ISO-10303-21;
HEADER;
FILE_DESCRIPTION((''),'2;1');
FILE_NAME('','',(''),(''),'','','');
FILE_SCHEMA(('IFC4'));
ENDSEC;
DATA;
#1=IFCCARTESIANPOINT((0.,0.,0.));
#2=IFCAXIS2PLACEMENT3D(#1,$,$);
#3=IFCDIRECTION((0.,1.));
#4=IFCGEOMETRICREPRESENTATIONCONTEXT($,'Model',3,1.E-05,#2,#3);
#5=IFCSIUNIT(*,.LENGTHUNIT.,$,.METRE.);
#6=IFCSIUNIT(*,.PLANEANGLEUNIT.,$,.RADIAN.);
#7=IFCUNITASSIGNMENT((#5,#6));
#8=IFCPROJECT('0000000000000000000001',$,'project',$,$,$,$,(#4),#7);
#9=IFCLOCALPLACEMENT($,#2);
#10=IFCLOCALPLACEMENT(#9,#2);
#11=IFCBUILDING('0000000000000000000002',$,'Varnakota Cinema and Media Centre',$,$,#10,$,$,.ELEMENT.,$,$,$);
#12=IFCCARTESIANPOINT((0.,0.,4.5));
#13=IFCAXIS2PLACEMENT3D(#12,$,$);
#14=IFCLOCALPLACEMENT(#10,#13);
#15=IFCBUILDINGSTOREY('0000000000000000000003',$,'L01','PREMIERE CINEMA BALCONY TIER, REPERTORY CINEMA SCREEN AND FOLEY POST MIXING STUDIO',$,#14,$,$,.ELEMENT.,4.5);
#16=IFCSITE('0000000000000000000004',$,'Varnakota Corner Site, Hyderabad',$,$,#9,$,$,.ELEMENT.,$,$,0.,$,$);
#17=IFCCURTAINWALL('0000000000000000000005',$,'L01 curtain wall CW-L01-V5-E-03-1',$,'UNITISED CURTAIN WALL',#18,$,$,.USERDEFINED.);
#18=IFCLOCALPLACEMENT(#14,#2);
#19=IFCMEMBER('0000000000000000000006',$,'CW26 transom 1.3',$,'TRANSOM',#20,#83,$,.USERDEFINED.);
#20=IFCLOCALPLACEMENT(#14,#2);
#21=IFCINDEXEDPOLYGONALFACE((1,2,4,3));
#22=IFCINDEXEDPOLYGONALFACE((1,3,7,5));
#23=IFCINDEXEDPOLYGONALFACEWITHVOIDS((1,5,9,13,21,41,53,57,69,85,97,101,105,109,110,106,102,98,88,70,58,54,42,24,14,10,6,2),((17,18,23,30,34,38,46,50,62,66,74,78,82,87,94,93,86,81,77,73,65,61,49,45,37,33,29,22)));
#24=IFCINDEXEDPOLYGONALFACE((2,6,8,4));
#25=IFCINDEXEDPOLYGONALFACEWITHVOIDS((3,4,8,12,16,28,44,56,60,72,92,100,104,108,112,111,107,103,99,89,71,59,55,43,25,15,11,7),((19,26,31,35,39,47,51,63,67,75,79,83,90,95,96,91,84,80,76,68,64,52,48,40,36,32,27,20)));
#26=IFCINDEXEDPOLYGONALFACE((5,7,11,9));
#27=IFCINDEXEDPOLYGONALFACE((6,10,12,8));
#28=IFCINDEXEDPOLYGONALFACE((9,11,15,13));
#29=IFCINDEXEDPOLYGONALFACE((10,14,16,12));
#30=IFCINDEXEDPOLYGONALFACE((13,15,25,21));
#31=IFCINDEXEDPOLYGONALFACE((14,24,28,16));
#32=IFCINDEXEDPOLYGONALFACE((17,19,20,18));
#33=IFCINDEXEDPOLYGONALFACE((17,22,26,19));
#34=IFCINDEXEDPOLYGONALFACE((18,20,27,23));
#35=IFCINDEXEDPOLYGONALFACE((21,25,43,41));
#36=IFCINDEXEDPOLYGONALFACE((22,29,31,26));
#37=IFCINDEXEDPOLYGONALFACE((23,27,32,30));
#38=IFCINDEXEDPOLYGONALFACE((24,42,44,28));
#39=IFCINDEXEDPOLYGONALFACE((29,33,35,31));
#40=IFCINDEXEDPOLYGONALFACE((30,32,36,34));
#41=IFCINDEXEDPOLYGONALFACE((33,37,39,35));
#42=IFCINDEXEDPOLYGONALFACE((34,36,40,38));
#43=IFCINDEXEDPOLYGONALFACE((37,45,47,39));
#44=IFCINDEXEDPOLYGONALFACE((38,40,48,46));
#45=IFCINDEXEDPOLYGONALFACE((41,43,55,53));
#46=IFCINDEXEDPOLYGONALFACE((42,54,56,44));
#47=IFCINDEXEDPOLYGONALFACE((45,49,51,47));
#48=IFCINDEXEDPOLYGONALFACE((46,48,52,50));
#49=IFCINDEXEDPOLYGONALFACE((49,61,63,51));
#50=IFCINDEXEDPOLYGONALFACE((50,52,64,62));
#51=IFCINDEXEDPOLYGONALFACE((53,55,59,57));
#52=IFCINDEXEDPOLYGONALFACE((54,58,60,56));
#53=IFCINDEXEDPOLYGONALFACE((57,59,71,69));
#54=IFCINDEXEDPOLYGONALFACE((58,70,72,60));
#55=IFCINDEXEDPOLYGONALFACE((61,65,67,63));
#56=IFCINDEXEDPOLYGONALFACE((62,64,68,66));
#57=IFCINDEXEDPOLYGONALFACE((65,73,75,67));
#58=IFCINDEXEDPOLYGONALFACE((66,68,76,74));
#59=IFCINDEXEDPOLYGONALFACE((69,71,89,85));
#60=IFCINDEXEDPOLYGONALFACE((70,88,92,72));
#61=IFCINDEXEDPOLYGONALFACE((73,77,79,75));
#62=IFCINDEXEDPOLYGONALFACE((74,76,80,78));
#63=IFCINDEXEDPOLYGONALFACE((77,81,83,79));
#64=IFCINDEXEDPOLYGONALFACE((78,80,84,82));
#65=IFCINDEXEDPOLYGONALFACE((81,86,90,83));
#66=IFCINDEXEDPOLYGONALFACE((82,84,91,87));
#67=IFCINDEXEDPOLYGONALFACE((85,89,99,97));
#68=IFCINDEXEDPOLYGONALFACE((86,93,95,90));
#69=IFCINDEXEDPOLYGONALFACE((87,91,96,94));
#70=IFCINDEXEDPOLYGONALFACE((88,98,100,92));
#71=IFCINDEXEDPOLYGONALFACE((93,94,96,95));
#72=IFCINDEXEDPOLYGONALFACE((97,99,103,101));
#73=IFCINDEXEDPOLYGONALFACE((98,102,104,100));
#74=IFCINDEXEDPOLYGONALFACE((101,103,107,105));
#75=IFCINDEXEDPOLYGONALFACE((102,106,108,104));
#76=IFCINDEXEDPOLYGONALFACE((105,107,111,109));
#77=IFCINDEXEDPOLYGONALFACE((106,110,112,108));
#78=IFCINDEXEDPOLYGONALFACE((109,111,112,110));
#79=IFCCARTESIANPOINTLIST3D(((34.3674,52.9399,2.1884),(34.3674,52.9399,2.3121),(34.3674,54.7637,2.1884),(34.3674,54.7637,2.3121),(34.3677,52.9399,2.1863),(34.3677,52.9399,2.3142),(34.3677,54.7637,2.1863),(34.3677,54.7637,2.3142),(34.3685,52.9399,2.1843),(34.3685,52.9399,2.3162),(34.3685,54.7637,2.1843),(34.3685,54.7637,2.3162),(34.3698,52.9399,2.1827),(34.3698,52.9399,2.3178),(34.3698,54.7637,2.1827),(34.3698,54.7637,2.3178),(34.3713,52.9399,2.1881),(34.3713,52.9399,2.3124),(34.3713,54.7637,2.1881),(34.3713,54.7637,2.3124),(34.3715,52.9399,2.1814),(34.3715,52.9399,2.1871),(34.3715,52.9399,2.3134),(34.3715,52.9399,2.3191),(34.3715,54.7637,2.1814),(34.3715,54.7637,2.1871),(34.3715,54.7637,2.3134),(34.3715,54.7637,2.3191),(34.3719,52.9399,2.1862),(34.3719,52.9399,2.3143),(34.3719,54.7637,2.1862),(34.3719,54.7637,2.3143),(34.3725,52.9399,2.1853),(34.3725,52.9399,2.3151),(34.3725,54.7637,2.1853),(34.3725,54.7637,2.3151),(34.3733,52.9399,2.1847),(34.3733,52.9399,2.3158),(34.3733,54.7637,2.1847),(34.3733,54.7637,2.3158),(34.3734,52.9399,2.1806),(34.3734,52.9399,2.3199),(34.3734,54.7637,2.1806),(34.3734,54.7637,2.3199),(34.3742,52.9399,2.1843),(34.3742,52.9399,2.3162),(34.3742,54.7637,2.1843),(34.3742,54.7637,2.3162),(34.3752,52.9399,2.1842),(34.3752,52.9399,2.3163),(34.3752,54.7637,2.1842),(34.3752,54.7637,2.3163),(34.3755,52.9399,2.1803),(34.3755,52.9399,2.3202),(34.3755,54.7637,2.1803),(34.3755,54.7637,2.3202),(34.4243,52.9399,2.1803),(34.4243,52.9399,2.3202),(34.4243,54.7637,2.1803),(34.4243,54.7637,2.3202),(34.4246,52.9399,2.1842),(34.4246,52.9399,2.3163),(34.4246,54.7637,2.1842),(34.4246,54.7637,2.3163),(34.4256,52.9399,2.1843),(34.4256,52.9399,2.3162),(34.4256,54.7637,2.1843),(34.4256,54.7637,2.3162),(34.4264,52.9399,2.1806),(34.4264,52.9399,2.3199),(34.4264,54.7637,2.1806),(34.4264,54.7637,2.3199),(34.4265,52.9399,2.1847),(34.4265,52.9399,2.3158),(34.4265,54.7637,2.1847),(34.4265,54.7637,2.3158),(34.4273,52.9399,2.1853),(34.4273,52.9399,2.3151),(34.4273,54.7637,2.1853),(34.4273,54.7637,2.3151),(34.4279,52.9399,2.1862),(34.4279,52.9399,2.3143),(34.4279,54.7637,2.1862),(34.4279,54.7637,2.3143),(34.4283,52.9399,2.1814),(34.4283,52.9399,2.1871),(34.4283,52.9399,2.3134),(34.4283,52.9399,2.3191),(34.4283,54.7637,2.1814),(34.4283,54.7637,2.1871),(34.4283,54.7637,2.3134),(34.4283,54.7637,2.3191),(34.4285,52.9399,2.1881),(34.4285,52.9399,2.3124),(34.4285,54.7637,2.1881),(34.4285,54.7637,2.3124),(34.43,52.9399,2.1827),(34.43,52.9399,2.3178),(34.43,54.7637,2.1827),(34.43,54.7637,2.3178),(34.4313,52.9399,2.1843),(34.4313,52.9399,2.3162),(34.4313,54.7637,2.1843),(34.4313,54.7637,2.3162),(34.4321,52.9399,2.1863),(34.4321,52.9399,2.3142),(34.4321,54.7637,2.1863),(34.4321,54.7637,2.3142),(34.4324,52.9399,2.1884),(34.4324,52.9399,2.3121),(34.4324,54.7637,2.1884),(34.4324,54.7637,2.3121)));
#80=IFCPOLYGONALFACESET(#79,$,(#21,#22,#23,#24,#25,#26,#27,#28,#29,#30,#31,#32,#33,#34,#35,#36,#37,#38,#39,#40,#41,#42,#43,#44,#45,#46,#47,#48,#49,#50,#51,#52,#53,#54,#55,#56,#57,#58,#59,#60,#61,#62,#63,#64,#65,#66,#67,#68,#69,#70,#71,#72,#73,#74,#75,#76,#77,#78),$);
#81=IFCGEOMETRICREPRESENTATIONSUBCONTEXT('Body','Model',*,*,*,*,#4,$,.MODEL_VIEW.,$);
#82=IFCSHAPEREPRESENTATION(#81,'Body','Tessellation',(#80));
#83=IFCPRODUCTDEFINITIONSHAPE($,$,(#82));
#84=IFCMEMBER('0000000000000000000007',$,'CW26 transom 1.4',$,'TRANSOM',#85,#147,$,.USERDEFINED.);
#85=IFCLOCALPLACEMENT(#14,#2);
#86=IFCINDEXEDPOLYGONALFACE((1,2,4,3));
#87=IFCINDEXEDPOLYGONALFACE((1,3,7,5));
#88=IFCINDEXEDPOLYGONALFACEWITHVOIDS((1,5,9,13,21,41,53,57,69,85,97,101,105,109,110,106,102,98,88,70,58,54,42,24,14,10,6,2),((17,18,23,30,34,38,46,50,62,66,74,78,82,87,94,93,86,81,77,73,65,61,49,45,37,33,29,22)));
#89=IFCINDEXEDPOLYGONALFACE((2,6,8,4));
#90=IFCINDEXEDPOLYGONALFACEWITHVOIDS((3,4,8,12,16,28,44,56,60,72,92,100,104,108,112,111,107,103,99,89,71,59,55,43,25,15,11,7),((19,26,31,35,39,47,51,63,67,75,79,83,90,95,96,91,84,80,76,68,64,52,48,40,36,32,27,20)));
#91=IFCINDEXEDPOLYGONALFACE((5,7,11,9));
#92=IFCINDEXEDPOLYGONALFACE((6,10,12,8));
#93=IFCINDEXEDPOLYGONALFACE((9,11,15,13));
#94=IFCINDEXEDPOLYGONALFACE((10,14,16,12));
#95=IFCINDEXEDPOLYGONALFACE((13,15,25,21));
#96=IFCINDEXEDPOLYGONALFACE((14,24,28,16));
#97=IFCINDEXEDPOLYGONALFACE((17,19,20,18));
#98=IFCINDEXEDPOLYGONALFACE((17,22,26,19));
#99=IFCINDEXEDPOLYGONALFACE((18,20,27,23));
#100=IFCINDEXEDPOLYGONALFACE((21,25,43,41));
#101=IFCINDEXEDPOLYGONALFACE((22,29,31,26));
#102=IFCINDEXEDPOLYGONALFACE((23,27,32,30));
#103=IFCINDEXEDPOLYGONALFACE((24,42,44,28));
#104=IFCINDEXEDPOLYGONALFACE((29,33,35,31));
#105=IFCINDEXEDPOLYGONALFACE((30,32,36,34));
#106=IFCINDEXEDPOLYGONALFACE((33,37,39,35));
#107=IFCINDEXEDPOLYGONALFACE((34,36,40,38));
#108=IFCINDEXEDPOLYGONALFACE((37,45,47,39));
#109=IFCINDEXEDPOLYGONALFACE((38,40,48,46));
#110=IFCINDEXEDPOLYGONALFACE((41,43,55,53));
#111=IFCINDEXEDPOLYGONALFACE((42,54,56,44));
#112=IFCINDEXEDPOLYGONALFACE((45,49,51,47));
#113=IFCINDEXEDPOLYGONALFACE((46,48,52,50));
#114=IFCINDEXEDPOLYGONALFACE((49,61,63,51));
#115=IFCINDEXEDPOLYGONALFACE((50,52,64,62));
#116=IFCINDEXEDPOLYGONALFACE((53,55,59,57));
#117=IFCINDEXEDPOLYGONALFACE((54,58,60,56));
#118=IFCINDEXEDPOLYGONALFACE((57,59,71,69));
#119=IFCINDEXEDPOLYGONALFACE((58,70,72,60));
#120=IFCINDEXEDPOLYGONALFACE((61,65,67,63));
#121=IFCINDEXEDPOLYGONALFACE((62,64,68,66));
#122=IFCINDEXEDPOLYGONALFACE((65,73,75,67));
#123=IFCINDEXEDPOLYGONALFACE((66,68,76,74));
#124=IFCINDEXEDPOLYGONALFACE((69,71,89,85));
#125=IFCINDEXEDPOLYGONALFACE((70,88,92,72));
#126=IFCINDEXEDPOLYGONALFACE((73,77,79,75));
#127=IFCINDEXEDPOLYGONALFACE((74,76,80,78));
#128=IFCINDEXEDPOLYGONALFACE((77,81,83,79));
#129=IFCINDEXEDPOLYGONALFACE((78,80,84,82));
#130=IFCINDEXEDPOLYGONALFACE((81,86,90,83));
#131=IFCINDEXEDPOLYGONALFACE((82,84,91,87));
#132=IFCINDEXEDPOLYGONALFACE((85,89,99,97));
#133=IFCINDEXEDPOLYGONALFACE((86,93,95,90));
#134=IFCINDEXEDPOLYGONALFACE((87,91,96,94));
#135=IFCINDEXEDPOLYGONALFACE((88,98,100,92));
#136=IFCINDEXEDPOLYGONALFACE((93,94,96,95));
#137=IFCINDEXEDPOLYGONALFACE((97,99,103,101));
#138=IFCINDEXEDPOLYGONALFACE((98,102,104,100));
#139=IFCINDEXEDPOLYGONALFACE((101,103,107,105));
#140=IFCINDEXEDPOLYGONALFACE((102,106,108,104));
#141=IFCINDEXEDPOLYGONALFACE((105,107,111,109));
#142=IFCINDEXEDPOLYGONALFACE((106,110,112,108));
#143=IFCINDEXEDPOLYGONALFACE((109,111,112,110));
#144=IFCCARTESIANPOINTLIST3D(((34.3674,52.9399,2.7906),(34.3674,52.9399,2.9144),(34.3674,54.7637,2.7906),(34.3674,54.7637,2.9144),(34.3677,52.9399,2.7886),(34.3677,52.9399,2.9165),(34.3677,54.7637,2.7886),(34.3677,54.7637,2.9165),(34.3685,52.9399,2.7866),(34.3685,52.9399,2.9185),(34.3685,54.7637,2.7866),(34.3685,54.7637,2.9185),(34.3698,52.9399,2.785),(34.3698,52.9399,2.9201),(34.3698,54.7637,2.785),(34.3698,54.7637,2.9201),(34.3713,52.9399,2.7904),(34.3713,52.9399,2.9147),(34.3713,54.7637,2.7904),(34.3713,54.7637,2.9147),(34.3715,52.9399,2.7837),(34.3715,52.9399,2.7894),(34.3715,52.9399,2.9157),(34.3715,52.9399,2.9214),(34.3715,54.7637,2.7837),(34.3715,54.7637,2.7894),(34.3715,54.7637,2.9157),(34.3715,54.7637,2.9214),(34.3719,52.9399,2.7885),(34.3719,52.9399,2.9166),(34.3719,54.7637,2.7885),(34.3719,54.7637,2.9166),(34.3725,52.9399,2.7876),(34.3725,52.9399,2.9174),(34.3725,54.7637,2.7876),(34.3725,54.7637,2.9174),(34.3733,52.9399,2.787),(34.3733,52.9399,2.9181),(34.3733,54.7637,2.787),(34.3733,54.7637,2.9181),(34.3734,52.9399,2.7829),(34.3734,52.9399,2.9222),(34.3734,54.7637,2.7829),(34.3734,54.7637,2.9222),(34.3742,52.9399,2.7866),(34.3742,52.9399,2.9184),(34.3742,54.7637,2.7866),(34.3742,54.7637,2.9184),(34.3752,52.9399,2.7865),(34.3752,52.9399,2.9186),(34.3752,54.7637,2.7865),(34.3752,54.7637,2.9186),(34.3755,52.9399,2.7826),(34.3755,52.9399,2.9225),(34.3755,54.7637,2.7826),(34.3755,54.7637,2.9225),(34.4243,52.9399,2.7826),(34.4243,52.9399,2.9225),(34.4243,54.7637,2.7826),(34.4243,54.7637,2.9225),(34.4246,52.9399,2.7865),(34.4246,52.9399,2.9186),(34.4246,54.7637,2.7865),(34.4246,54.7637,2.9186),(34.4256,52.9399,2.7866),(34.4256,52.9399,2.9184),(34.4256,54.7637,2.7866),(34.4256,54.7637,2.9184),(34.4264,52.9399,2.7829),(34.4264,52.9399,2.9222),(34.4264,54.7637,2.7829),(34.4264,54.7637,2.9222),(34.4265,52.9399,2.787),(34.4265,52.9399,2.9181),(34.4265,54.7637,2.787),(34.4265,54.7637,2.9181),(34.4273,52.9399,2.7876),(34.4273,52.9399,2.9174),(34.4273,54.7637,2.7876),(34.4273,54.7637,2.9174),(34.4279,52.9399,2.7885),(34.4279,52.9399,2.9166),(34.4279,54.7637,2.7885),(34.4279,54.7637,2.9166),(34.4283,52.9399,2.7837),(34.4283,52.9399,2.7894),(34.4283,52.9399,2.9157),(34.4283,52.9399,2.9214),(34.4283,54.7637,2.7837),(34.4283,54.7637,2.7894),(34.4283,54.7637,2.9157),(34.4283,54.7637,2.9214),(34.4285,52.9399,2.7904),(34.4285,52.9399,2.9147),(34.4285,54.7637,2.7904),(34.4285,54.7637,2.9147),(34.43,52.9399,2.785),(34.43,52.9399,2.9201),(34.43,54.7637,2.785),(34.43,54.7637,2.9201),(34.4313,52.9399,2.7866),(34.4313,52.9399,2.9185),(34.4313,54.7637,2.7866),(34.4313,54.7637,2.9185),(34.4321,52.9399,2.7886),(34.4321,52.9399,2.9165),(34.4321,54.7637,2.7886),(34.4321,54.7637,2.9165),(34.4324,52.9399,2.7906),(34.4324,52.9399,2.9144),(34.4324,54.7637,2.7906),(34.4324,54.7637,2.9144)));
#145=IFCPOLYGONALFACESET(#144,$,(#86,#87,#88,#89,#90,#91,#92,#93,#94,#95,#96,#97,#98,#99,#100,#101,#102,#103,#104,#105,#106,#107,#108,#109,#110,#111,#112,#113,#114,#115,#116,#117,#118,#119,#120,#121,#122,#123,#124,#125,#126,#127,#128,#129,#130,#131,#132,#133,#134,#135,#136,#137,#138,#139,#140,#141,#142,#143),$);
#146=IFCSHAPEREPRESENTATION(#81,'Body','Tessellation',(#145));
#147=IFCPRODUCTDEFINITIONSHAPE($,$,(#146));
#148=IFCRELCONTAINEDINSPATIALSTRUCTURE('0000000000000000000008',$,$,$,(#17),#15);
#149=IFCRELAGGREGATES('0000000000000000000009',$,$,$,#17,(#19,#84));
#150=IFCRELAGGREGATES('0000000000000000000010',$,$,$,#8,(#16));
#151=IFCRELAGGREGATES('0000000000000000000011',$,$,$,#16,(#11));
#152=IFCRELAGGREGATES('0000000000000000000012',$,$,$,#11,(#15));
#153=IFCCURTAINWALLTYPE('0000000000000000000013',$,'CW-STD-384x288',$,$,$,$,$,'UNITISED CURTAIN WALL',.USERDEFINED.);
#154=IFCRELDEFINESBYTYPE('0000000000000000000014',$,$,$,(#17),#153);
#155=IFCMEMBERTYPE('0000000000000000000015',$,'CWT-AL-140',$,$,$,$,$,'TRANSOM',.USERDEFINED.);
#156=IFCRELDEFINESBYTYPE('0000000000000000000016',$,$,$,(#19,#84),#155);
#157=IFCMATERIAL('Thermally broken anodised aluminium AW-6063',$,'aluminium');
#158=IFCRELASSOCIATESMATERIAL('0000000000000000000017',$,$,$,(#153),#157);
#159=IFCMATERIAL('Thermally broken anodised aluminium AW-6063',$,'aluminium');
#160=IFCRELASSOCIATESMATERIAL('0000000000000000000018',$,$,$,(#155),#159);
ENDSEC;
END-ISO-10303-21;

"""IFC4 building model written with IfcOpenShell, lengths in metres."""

from ifc_helpers import new_model, si_unit, direction, frame, origin, origin_2d, place, context, subcontext, project, spatial, hollow_rectangle, extrude, material, material_profile, profile_set, type_object, element, aggregate, save


model = new_model("IFC4")

# Units and contexts
model_context = context("Model", 3, precision=1e-05, world=origin(), true_north=direction((0.0, 1.0)))
body_context = subcontext(model_context, "Body", "Model", "MODEL_VIEW")
ifc_project = project(units=[si_unit("LENGTHUNIT", "METRE"), si_unit("PLANEANGLEUNIT", "RADIAN")], contexts=[model_context])

# Site, building, storey
site_placement = place(None, origin())
site = spatial("IfcSite", under=ifc_project, at=site_placement, Name="Varnakota Corner Site, Hyderabad", CompositionType="ELEMENT", RefElevation=0.0)
building_placement = place(site_placement, origin())
building = spatial("IfcBuilding", under=site, at=building_placement, Name="Varnakota Cinema and Media Centre", CompositionType="ELEMENT")
storey_placement = place(building_placement, frame((0.0, 0.0, 4.5)))
storey = spatial("IfcBuildingStorey", under=building, at=storey_placement, Name="L01", Description="PREMIERE CINEMA BALCONY TIER, REPERTORY CINEMA SCREEN AND FOLEY POST MIXING STUDIO", CompositionType="ELEMENT", Elevation=4.5)

# Curtain wall
ifc_material_1 = material(Name="Thermally broken anodised aluminium AW-6063", Category="aluminium")
curtain_wall_type_1 = type_object("IfcCurtainWallType", Name="CW-STD-384x288", ElementType="UNITISED CURTAIN WALL", PredefinedType="USERDEFINED", material=ifc_material_1)
curtain_wall_1_placement = place(storey_placement, origin())
curtain_wall_1 = element("IfcCurtainWall", 1, at=curtain_wall_1_placement, inside=storey, type_object=curtain_wall_type_1, Name="L01 curtain wall CW-L01-V5-E-03-1", ObjectType="UNITISED CURTAIN WALL", PredefinedType="USERDEFINED")

# Members
ifc_material_2 = material(Name="Thermally broken anodised aluminium AW-6063", Category="aluminium")
ifc_material_profile_1 = material_profile(ifc_material_2, hollow_rectangle(XDim=0.0649, YDim=0.1399, WallThickness=0.0039, InnerFilletRadius=0.0039, OuterFilletRadius=0.0081, at=origin_2d()), Name="AL-TRANSOM 140x65x4")
ifc_profile_set_1 = profile_set([ifc_material_profile_1], Name="Thermally broken anodised aluminium AW-6063")
member_type_1 = type_object("IfcMemberType", Name="CWT-AL-140", ElementType="TRANSOM", PredefinedType="USERDEFINED", material=ifc_profile_set_1)
member_1_placement = place(storey_placement, frame((34.3999, 52.9399, 2.2502), z_axis=(0.0, 1.0, 0.0), x_axis=(-1.0, 0.0, 0.0)))
member_1 = element("IfcMember", 2, at=member_1_placement, type_object=member_type_1, Name="CW26 transom 1.3", ObjectType="TRANSOM", PredefinedType="USERDEFINED", context=body_context, shape_type="SweptSolid", body=[
    extrude(hollow_rectangle(XDim=0.0649, YDim=0.1399, WallThickness=0.0039, InnerFilletRadius=0.0039, OuterFilletRadius=0.0081, at=origin_2d()), origin(), (0.0, 0.0, 1.0), 1.8237),
])
member_2_placement = place(storey_placement, frame((34.3999, 52.9399, 2.8525), z_axis=(0.0, 1.0, 0.0), x_axis=(-1.0, 0.0, 0.0)))
member_2 = element("IfcMember", 3, at=member_2_placement, type_object=member_type_1, Name="CW26 transom 1.4", ObjectType="TRANSOM", PredefinedType="USERDEFINED", context=body_context, shape_type="SweptSolid", body=[
    extrude(hollow_rectangle(XDim=0.0649, YDim=0.1399, WallThickness=0.0039, InnerFilletRadius=0.0039, OuterFilletRadius=0.0081, at=origin_2d()), origin(), (0.0, 0.0, 1.0), 1.8237),
])

aggregate(curtain_wall_1, [member_1, member_2])

save(model, "model.ifc")
